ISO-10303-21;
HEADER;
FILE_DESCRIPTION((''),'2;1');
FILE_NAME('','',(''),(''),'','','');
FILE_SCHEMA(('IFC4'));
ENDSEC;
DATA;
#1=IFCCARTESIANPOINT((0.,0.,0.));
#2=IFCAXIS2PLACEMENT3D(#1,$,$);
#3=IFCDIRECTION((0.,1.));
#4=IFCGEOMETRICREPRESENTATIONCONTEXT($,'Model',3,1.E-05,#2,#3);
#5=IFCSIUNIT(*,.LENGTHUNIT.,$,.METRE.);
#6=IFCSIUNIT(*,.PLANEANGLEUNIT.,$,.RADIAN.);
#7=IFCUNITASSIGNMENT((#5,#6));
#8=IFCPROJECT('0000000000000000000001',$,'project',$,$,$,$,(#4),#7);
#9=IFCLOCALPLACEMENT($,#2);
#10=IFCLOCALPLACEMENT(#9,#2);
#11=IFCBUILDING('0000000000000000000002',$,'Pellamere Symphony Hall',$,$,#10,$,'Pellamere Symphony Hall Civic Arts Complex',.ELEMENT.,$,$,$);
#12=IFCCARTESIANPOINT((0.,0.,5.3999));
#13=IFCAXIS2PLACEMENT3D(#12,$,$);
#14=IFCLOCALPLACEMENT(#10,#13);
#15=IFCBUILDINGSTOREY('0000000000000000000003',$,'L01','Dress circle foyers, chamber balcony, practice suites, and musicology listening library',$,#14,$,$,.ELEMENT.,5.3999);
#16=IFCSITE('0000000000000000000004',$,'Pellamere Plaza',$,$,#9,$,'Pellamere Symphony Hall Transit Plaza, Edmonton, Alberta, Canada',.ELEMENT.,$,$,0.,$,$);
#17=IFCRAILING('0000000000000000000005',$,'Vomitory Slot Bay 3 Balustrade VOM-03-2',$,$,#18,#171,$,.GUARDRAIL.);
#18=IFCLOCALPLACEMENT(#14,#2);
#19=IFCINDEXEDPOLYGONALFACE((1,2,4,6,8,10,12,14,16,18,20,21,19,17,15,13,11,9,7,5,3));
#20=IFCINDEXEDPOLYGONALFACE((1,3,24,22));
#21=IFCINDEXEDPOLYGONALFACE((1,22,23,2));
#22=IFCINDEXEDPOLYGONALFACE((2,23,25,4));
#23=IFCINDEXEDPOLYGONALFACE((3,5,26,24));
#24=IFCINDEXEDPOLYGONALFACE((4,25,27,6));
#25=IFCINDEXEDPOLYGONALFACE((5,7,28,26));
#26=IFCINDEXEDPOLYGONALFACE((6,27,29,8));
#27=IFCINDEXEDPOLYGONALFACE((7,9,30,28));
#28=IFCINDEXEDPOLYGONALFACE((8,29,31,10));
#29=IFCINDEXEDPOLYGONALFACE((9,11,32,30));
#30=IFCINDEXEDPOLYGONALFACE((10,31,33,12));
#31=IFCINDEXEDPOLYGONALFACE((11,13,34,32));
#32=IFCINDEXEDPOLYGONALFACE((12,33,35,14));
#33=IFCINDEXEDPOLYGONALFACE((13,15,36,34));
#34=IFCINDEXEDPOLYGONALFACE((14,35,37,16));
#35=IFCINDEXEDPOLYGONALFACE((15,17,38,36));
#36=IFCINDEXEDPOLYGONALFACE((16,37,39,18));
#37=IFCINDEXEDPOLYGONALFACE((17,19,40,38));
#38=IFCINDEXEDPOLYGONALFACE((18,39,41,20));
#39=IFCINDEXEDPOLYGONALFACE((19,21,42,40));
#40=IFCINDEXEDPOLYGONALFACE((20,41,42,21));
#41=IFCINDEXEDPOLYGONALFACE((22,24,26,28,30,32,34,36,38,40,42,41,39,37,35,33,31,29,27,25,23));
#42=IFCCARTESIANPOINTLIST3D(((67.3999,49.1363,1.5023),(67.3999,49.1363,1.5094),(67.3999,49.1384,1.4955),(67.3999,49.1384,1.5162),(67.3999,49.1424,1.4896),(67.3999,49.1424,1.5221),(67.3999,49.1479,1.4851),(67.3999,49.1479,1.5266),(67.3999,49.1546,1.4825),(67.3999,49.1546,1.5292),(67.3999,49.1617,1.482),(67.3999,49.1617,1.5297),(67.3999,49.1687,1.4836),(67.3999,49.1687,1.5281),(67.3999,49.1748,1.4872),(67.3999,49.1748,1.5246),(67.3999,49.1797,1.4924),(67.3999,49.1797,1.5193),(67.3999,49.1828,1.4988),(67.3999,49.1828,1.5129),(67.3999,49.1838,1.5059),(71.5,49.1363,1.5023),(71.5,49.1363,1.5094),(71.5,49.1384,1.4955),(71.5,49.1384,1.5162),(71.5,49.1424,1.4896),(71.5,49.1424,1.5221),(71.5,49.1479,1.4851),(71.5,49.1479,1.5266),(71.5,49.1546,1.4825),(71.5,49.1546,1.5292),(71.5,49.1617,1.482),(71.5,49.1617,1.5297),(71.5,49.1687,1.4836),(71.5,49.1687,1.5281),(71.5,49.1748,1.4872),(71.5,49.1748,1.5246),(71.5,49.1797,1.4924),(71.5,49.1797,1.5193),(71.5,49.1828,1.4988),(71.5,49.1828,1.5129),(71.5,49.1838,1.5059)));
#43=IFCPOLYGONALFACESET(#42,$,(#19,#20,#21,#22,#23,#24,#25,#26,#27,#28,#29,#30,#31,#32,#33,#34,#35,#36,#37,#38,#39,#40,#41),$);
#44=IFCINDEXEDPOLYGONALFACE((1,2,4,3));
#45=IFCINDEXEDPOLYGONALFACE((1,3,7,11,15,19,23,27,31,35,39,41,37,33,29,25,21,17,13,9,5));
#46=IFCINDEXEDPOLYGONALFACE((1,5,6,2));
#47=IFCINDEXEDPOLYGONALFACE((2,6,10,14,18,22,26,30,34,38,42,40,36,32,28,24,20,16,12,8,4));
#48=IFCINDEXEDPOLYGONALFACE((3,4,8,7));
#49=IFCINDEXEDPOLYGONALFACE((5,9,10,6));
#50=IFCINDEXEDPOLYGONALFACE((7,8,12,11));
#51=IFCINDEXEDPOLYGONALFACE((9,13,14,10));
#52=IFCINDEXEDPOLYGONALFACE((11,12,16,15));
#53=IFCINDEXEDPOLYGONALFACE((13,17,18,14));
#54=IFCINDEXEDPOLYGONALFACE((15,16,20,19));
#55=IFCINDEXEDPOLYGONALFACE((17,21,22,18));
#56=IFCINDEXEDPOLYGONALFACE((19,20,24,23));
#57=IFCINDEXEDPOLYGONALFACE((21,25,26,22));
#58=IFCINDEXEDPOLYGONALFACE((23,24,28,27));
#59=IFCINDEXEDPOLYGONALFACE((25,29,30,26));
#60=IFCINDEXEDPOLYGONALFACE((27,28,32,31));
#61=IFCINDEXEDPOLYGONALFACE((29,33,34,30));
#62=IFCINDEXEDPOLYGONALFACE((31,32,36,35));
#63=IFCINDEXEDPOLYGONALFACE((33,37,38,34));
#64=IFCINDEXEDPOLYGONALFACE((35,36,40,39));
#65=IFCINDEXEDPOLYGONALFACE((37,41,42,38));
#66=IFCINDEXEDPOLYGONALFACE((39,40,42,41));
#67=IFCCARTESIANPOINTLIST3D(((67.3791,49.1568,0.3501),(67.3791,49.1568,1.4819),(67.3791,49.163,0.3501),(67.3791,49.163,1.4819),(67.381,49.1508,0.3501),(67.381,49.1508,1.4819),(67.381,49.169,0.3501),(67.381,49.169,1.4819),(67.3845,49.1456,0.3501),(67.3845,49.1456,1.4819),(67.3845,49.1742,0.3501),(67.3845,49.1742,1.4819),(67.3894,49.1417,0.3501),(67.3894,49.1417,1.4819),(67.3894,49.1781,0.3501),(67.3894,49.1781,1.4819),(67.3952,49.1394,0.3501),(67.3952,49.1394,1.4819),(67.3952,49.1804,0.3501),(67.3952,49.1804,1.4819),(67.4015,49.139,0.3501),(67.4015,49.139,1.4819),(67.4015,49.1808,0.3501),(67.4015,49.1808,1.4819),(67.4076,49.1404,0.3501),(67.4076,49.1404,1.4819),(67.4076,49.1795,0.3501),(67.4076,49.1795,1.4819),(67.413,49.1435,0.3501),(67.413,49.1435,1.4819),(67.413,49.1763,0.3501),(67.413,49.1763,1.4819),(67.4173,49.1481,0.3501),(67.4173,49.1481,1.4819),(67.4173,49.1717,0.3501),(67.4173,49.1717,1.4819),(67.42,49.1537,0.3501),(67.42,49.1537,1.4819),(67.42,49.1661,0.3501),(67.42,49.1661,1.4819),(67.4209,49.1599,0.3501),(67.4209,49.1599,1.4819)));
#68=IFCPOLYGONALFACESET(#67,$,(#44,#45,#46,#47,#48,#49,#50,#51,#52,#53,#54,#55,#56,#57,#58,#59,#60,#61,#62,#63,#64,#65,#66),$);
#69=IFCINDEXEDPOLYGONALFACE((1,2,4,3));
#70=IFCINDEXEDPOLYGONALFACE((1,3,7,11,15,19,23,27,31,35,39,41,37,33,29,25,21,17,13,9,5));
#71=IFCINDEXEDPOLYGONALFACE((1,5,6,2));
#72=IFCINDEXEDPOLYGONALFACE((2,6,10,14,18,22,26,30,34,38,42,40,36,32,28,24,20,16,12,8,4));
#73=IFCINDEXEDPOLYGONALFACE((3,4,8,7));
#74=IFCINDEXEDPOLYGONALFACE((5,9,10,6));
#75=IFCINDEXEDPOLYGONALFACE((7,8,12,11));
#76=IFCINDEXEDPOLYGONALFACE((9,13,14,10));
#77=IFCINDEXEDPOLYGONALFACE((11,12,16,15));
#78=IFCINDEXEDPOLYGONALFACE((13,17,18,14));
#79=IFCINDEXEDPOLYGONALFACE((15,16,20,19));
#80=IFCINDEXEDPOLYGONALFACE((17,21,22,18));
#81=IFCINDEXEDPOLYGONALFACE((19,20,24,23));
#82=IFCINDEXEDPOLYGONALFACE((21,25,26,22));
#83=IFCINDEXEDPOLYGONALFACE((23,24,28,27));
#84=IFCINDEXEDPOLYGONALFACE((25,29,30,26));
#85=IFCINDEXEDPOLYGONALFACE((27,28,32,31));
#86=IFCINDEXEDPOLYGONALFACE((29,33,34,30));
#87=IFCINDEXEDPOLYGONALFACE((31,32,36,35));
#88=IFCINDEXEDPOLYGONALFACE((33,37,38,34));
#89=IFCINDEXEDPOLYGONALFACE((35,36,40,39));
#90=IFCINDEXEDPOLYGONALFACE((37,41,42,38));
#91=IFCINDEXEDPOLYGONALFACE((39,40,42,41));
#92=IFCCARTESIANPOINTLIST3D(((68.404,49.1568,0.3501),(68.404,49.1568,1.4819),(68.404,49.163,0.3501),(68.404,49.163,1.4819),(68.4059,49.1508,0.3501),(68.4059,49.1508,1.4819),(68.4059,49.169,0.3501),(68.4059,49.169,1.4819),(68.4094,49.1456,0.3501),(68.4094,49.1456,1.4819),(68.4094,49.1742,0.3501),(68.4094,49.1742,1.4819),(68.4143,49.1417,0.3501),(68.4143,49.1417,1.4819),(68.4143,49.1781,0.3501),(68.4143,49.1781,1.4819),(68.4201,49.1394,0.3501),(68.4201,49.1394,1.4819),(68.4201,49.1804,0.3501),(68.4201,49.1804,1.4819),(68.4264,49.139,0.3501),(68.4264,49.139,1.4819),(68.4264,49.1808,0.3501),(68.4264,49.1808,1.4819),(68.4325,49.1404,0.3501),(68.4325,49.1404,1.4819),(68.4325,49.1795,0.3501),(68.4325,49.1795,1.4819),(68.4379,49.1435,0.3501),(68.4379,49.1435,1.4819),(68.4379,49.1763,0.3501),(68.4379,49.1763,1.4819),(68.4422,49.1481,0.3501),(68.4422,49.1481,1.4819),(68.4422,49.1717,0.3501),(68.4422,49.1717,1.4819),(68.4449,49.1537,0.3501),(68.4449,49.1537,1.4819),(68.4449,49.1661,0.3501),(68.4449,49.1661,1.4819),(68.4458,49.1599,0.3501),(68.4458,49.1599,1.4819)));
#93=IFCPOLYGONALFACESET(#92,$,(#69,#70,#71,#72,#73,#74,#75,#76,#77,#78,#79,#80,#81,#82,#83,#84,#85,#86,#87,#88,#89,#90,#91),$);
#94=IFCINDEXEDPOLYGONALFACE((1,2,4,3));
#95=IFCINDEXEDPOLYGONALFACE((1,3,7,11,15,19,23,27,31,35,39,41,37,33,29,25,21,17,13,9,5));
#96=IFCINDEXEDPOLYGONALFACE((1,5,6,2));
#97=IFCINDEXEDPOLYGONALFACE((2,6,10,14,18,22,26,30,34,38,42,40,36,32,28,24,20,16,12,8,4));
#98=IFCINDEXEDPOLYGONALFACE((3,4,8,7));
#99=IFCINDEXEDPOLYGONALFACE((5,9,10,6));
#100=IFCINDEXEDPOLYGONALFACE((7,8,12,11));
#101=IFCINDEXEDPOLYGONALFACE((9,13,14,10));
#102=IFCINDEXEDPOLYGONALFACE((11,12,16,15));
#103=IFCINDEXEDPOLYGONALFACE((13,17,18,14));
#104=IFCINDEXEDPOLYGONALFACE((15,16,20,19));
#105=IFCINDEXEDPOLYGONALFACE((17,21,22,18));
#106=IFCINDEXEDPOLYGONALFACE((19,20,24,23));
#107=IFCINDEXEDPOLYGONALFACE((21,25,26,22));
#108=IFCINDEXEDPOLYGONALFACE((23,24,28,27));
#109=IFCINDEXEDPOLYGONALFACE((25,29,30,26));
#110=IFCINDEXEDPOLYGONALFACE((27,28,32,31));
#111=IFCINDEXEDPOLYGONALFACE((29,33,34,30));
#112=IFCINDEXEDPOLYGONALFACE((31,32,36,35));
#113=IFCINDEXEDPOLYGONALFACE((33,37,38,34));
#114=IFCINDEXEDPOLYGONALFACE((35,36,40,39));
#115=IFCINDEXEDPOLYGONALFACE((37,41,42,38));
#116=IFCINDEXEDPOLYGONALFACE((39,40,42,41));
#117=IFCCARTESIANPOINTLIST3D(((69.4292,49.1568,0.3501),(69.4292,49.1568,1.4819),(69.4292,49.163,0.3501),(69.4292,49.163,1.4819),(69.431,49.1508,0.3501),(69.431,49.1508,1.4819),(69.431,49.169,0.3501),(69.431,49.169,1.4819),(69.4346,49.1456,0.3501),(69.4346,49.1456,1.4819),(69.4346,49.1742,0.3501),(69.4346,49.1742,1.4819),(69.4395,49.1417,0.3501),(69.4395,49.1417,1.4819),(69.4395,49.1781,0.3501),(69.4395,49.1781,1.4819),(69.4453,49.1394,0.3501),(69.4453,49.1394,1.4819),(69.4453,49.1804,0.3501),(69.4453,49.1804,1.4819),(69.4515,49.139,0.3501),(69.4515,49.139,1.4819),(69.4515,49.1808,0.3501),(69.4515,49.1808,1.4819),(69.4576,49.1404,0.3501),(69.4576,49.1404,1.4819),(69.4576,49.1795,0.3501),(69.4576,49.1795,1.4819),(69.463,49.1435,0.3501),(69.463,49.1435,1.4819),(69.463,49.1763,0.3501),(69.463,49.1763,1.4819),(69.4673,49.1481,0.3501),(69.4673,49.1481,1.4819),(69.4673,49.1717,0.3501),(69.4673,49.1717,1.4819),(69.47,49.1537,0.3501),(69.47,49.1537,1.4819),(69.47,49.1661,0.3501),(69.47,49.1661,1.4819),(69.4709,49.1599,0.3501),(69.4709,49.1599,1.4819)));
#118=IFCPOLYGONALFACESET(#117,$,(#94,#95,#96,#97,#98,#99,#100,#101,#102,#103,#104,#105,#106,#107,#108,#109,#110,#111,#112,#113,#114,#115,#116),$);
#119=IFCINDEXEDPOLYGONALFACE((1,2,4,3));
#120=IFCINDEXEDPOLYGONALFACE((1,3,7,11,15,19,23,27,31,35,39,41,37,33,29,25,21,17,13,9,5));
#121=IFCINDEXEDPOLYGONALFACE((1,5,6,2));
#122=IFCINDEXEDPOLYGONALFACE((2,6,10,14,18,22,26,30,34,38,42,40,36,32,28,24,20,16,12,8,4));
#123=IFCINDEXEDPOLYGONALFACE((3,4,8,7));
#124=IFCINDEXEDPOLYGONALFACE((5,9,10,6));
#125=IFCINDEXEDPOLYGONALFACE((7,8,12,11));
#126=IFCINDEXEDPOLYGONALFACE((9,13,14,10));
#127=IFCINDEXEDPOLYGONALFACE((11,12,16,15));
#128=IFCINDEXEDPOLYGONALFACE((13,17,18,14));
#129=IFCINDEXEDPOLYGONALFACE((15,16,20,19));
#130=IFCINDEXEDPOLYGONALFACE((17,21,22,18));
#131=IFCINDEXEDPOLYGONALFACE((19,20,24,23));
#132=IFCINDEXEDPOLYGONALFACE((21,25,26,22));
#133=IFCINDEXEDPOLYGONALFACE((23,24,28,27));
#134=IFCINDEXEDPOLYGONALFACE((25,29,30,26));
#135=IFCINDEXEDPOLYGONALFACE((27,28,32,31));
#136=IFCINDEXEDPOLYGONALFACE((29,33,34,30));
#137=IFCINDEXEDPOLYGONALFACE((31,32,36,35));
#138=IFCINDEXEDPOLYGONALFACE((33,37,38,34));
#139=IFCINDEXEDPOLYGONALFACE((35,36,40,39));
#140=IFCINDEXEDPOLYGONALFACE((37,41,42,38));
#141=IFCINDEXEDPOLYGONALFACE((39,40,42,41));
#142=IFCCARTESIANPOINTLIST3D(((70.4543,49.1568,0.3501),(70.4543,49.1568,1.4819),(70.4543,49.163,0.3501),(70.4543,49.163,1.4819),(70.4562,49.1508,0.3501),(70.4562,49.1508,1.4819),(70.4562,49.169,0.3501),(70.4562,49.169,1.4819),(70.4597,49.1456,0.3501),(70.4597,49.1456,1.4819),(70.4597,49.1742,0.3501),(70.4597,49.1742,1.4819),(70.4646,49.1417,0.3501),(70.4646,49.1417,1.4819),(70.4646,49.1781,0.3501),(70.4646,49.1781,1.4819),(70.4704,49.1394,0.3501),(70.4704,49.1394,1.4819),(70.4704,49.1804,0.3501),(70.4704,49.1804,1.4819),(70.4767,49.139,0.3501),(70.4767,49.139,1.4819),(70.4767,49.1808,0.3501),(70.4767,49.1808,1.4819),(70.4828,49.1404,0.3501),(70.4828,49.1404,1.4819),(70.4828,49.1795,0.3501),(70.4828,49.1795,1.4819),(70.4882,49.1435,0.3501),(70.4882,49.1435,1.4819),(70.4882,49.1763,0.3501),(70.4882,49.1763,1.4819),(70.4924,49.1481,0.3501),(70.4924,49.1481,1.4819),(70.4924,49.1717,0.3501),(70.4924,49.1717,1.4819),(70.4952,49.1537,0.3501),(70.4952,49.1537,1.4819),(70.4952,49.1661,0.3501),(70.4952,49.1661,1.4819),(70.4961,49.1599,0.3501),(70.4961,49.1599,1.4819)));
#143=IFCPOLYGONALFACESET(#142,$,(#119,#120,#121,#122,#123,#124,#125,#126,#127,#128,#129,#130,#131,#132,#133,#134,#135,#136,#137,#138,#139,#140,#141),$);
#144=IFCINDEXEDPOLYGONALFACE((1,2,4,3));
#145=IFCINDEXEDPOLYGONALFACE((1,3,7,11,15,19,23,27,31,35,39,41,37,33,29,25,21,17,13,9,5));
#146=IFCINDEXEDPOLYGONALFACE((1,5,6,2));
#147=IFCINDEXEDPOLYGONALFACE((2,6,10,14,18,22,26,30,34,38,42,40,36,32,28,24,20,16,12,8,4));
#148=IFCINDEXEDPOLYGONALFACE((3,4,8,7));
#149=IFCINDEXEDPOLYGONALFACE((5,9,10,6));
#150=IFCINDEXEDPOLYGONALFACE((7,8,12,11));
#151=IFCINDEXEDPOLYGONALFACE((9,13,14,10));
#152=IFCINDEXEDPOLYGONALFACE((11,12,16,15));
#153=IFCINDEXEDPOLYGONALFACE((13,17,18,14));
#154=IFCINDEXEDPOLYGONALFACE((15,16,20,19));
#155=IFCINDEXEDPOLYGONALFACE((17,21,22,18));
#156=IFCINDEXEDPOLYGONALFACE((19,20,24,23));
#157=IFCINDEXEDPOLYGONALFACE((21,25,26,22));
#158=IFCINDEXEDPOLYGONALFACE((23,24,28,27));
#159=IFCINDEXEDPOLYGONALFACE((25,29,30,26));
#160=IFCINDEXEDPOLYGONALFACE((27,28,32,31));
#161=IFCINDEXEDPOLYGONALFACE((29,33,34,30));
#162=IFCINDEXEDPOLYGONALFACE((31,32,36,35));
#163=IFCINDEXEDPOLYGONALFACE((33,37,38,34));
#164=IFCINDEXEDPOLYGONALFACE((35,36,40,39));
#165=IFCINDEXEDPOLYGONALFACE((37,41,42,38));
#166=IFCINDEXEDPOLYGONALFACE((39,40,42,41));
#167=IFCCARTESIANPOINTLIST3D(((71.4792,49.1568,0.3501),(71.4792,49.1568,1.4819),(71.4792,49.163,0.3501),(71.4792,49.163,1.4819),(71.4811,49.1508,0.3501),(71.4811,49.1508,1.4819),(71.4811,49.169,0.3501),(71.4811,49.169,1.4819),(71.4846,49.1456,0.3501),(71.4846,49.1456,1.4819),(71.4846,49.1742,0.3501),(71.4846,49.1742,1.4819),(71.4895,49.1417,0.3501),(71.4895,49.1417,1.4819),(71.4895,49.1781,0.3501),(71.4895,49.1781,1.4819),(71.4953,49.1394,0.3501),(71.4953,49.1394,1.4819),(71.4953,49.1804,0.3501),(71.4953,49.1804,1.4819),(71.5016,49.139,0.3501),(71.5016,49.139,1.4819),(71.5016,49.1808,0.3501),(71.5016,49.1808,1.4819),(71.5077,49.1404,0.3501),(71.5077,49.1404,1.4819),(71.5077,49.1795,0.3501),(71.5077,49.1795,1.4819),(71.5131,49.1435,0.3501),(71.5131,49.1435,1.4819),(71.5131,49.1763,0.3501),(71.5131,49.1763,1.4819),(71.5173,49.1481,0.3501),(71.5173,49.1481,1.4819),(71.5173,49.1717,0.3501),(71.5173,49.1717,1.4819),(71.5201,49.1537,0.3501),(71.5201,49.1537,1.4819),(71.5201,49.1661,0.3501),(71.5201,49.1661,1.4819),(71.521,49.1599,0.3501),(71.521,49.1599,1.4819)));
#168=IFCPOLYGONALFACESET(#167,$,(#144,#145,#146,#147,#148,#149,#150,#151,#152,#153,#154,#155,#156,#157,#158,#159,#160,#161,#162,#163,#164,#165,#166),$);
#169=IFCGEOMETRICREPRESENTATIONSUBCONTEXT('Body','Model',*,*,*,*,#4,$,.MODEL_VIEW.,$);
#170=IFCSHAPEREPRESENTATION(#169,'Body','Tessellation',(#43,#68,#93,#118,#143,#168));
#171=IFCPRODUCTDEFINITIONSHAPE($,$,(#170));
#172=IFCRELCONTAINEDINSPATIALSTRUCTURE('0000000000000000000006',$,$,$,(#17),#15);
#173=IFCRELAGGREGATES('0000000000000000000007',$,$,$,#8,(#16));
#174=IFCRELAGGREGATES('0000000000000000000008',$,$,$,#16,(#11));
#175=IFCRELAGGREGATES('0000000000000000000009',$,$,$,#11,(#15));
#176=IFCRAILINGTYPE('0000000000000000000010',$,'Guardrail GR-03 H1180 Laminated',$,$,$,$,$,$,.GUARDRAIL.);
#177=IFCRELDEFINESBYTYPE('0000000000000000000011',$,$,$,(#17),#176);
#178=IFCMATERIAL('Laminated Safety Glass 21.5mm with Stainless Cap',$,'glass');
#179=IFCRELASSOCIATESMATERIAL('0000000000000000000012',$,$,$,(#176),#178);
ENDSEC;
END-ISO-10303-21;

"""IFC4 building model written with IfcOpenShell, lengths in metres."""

from ifc_helpers import new_model, si_unit, direction, frame, origin, origin_2d, place, context, subcontext, project, spatial, circle, extrude, material, type_object, element, save


model = new_model("IFC4")

# Units and contexts
model_context = context("Model", 3, precision=1e-05, world=origin(), true_north=direction((0.0, 1.0)))
body_context = subcontext(model_context, "Body", "Model", "MODEL_VIEW")
ifc_project = project(units=[si_unit("LENGTHUNIT", "METRE"), si_unit("PLANEANGLEUNIT", "RADIAN")], contexts=[model_context])

# Site, building, storey
site_placement = place(None, origin())
site = spatial("IfcSite", under=ifc_project, at=site_placement, Name="Pellamere Plaza", LongName="Pellamere Symphony Hall Transit Plaza, Edmonton, Alberta, Canada", CompositionType="ELEMENT", RefElevation=0.0)
building_placement = place(site_placement, origin())
building = spatial("IfcBuilding", under=site, at=building_placement, Name="Pellamere Symphony Hall", LongName="Pellamere Symphony Hall Civic Arts Complex", CompositionType="ELEMENT")
storey_placement = place(building_placement, frame((0.0, 0.0, 5.3999)))
storey = spatial("IfcBuildingStorey", under=building, at=storey_placement, Name="L01", Description="Dress circle foyers, chamber balcony, practice suites, and musicology listening library", CompositionType="ELEMENT", Elevation=5.3999)

# Railing
ifc_material_1 = material(Name="Laminated Safety Glass 21.5mm with Stainless Cap", Category="glass")
railing_type_1 = type_object("IfcRailingType", Name="Guardrail GR-03 H1180 Laminated", PredefinedType="GUARDRAIL", material=ifc_material_1)
railing_1_placement = place(storey_placement, frame((67.3999, 49.1599, 0.3501)))
element("IfcRailing", 1, at=railing_1_placement, inside=storey, type_object=railing_type_1, Name="Vomitory Slot Bay 3 Balustrade VOM-03-2", PredefinedType="GUARDRAIL", context=body_context, shape_type="SweptSolid", body=[
    extrude(circle(Radius=0.0239, at=origin_2d()), frame((0.0, 0.0, 1.1558), z_axis=(1.0, 0.0, 0.0), x_axis=(0.0, 1.0, 0.0)), (0.0, 0.0, 1.0), 4.1001),
    extrude(circle(Radius=0.021, at=origin_2d()), origin(), (0.0, 0.0, 1.0), 1.1318),
    extrude(circle(Radius=0.021, at=origin_2d()), frame((1.0249, 0.0, 0.0)), (0.0, 0.0, 1.0), 1.1318),
    extrude(circle(Radius=0.021, at=origin_2d()), frame((2.05, 0.0, 0.0)), (0.0, 0.0, 1.0), 1.1318),
    extrude(circle(Radius=0.021, at=origin_2d()), frame((3.0752, 0.0, 0.0)), (0.0, 0.0, 1.0), 1.1318),
    extrude(circle(Radius=0.021, at=origin_2d()), frame((4.1001, 0.0, 0.0)), (0.0, 0.0, 1.0), 1.1318),
])

save(model, "model.ifc")
